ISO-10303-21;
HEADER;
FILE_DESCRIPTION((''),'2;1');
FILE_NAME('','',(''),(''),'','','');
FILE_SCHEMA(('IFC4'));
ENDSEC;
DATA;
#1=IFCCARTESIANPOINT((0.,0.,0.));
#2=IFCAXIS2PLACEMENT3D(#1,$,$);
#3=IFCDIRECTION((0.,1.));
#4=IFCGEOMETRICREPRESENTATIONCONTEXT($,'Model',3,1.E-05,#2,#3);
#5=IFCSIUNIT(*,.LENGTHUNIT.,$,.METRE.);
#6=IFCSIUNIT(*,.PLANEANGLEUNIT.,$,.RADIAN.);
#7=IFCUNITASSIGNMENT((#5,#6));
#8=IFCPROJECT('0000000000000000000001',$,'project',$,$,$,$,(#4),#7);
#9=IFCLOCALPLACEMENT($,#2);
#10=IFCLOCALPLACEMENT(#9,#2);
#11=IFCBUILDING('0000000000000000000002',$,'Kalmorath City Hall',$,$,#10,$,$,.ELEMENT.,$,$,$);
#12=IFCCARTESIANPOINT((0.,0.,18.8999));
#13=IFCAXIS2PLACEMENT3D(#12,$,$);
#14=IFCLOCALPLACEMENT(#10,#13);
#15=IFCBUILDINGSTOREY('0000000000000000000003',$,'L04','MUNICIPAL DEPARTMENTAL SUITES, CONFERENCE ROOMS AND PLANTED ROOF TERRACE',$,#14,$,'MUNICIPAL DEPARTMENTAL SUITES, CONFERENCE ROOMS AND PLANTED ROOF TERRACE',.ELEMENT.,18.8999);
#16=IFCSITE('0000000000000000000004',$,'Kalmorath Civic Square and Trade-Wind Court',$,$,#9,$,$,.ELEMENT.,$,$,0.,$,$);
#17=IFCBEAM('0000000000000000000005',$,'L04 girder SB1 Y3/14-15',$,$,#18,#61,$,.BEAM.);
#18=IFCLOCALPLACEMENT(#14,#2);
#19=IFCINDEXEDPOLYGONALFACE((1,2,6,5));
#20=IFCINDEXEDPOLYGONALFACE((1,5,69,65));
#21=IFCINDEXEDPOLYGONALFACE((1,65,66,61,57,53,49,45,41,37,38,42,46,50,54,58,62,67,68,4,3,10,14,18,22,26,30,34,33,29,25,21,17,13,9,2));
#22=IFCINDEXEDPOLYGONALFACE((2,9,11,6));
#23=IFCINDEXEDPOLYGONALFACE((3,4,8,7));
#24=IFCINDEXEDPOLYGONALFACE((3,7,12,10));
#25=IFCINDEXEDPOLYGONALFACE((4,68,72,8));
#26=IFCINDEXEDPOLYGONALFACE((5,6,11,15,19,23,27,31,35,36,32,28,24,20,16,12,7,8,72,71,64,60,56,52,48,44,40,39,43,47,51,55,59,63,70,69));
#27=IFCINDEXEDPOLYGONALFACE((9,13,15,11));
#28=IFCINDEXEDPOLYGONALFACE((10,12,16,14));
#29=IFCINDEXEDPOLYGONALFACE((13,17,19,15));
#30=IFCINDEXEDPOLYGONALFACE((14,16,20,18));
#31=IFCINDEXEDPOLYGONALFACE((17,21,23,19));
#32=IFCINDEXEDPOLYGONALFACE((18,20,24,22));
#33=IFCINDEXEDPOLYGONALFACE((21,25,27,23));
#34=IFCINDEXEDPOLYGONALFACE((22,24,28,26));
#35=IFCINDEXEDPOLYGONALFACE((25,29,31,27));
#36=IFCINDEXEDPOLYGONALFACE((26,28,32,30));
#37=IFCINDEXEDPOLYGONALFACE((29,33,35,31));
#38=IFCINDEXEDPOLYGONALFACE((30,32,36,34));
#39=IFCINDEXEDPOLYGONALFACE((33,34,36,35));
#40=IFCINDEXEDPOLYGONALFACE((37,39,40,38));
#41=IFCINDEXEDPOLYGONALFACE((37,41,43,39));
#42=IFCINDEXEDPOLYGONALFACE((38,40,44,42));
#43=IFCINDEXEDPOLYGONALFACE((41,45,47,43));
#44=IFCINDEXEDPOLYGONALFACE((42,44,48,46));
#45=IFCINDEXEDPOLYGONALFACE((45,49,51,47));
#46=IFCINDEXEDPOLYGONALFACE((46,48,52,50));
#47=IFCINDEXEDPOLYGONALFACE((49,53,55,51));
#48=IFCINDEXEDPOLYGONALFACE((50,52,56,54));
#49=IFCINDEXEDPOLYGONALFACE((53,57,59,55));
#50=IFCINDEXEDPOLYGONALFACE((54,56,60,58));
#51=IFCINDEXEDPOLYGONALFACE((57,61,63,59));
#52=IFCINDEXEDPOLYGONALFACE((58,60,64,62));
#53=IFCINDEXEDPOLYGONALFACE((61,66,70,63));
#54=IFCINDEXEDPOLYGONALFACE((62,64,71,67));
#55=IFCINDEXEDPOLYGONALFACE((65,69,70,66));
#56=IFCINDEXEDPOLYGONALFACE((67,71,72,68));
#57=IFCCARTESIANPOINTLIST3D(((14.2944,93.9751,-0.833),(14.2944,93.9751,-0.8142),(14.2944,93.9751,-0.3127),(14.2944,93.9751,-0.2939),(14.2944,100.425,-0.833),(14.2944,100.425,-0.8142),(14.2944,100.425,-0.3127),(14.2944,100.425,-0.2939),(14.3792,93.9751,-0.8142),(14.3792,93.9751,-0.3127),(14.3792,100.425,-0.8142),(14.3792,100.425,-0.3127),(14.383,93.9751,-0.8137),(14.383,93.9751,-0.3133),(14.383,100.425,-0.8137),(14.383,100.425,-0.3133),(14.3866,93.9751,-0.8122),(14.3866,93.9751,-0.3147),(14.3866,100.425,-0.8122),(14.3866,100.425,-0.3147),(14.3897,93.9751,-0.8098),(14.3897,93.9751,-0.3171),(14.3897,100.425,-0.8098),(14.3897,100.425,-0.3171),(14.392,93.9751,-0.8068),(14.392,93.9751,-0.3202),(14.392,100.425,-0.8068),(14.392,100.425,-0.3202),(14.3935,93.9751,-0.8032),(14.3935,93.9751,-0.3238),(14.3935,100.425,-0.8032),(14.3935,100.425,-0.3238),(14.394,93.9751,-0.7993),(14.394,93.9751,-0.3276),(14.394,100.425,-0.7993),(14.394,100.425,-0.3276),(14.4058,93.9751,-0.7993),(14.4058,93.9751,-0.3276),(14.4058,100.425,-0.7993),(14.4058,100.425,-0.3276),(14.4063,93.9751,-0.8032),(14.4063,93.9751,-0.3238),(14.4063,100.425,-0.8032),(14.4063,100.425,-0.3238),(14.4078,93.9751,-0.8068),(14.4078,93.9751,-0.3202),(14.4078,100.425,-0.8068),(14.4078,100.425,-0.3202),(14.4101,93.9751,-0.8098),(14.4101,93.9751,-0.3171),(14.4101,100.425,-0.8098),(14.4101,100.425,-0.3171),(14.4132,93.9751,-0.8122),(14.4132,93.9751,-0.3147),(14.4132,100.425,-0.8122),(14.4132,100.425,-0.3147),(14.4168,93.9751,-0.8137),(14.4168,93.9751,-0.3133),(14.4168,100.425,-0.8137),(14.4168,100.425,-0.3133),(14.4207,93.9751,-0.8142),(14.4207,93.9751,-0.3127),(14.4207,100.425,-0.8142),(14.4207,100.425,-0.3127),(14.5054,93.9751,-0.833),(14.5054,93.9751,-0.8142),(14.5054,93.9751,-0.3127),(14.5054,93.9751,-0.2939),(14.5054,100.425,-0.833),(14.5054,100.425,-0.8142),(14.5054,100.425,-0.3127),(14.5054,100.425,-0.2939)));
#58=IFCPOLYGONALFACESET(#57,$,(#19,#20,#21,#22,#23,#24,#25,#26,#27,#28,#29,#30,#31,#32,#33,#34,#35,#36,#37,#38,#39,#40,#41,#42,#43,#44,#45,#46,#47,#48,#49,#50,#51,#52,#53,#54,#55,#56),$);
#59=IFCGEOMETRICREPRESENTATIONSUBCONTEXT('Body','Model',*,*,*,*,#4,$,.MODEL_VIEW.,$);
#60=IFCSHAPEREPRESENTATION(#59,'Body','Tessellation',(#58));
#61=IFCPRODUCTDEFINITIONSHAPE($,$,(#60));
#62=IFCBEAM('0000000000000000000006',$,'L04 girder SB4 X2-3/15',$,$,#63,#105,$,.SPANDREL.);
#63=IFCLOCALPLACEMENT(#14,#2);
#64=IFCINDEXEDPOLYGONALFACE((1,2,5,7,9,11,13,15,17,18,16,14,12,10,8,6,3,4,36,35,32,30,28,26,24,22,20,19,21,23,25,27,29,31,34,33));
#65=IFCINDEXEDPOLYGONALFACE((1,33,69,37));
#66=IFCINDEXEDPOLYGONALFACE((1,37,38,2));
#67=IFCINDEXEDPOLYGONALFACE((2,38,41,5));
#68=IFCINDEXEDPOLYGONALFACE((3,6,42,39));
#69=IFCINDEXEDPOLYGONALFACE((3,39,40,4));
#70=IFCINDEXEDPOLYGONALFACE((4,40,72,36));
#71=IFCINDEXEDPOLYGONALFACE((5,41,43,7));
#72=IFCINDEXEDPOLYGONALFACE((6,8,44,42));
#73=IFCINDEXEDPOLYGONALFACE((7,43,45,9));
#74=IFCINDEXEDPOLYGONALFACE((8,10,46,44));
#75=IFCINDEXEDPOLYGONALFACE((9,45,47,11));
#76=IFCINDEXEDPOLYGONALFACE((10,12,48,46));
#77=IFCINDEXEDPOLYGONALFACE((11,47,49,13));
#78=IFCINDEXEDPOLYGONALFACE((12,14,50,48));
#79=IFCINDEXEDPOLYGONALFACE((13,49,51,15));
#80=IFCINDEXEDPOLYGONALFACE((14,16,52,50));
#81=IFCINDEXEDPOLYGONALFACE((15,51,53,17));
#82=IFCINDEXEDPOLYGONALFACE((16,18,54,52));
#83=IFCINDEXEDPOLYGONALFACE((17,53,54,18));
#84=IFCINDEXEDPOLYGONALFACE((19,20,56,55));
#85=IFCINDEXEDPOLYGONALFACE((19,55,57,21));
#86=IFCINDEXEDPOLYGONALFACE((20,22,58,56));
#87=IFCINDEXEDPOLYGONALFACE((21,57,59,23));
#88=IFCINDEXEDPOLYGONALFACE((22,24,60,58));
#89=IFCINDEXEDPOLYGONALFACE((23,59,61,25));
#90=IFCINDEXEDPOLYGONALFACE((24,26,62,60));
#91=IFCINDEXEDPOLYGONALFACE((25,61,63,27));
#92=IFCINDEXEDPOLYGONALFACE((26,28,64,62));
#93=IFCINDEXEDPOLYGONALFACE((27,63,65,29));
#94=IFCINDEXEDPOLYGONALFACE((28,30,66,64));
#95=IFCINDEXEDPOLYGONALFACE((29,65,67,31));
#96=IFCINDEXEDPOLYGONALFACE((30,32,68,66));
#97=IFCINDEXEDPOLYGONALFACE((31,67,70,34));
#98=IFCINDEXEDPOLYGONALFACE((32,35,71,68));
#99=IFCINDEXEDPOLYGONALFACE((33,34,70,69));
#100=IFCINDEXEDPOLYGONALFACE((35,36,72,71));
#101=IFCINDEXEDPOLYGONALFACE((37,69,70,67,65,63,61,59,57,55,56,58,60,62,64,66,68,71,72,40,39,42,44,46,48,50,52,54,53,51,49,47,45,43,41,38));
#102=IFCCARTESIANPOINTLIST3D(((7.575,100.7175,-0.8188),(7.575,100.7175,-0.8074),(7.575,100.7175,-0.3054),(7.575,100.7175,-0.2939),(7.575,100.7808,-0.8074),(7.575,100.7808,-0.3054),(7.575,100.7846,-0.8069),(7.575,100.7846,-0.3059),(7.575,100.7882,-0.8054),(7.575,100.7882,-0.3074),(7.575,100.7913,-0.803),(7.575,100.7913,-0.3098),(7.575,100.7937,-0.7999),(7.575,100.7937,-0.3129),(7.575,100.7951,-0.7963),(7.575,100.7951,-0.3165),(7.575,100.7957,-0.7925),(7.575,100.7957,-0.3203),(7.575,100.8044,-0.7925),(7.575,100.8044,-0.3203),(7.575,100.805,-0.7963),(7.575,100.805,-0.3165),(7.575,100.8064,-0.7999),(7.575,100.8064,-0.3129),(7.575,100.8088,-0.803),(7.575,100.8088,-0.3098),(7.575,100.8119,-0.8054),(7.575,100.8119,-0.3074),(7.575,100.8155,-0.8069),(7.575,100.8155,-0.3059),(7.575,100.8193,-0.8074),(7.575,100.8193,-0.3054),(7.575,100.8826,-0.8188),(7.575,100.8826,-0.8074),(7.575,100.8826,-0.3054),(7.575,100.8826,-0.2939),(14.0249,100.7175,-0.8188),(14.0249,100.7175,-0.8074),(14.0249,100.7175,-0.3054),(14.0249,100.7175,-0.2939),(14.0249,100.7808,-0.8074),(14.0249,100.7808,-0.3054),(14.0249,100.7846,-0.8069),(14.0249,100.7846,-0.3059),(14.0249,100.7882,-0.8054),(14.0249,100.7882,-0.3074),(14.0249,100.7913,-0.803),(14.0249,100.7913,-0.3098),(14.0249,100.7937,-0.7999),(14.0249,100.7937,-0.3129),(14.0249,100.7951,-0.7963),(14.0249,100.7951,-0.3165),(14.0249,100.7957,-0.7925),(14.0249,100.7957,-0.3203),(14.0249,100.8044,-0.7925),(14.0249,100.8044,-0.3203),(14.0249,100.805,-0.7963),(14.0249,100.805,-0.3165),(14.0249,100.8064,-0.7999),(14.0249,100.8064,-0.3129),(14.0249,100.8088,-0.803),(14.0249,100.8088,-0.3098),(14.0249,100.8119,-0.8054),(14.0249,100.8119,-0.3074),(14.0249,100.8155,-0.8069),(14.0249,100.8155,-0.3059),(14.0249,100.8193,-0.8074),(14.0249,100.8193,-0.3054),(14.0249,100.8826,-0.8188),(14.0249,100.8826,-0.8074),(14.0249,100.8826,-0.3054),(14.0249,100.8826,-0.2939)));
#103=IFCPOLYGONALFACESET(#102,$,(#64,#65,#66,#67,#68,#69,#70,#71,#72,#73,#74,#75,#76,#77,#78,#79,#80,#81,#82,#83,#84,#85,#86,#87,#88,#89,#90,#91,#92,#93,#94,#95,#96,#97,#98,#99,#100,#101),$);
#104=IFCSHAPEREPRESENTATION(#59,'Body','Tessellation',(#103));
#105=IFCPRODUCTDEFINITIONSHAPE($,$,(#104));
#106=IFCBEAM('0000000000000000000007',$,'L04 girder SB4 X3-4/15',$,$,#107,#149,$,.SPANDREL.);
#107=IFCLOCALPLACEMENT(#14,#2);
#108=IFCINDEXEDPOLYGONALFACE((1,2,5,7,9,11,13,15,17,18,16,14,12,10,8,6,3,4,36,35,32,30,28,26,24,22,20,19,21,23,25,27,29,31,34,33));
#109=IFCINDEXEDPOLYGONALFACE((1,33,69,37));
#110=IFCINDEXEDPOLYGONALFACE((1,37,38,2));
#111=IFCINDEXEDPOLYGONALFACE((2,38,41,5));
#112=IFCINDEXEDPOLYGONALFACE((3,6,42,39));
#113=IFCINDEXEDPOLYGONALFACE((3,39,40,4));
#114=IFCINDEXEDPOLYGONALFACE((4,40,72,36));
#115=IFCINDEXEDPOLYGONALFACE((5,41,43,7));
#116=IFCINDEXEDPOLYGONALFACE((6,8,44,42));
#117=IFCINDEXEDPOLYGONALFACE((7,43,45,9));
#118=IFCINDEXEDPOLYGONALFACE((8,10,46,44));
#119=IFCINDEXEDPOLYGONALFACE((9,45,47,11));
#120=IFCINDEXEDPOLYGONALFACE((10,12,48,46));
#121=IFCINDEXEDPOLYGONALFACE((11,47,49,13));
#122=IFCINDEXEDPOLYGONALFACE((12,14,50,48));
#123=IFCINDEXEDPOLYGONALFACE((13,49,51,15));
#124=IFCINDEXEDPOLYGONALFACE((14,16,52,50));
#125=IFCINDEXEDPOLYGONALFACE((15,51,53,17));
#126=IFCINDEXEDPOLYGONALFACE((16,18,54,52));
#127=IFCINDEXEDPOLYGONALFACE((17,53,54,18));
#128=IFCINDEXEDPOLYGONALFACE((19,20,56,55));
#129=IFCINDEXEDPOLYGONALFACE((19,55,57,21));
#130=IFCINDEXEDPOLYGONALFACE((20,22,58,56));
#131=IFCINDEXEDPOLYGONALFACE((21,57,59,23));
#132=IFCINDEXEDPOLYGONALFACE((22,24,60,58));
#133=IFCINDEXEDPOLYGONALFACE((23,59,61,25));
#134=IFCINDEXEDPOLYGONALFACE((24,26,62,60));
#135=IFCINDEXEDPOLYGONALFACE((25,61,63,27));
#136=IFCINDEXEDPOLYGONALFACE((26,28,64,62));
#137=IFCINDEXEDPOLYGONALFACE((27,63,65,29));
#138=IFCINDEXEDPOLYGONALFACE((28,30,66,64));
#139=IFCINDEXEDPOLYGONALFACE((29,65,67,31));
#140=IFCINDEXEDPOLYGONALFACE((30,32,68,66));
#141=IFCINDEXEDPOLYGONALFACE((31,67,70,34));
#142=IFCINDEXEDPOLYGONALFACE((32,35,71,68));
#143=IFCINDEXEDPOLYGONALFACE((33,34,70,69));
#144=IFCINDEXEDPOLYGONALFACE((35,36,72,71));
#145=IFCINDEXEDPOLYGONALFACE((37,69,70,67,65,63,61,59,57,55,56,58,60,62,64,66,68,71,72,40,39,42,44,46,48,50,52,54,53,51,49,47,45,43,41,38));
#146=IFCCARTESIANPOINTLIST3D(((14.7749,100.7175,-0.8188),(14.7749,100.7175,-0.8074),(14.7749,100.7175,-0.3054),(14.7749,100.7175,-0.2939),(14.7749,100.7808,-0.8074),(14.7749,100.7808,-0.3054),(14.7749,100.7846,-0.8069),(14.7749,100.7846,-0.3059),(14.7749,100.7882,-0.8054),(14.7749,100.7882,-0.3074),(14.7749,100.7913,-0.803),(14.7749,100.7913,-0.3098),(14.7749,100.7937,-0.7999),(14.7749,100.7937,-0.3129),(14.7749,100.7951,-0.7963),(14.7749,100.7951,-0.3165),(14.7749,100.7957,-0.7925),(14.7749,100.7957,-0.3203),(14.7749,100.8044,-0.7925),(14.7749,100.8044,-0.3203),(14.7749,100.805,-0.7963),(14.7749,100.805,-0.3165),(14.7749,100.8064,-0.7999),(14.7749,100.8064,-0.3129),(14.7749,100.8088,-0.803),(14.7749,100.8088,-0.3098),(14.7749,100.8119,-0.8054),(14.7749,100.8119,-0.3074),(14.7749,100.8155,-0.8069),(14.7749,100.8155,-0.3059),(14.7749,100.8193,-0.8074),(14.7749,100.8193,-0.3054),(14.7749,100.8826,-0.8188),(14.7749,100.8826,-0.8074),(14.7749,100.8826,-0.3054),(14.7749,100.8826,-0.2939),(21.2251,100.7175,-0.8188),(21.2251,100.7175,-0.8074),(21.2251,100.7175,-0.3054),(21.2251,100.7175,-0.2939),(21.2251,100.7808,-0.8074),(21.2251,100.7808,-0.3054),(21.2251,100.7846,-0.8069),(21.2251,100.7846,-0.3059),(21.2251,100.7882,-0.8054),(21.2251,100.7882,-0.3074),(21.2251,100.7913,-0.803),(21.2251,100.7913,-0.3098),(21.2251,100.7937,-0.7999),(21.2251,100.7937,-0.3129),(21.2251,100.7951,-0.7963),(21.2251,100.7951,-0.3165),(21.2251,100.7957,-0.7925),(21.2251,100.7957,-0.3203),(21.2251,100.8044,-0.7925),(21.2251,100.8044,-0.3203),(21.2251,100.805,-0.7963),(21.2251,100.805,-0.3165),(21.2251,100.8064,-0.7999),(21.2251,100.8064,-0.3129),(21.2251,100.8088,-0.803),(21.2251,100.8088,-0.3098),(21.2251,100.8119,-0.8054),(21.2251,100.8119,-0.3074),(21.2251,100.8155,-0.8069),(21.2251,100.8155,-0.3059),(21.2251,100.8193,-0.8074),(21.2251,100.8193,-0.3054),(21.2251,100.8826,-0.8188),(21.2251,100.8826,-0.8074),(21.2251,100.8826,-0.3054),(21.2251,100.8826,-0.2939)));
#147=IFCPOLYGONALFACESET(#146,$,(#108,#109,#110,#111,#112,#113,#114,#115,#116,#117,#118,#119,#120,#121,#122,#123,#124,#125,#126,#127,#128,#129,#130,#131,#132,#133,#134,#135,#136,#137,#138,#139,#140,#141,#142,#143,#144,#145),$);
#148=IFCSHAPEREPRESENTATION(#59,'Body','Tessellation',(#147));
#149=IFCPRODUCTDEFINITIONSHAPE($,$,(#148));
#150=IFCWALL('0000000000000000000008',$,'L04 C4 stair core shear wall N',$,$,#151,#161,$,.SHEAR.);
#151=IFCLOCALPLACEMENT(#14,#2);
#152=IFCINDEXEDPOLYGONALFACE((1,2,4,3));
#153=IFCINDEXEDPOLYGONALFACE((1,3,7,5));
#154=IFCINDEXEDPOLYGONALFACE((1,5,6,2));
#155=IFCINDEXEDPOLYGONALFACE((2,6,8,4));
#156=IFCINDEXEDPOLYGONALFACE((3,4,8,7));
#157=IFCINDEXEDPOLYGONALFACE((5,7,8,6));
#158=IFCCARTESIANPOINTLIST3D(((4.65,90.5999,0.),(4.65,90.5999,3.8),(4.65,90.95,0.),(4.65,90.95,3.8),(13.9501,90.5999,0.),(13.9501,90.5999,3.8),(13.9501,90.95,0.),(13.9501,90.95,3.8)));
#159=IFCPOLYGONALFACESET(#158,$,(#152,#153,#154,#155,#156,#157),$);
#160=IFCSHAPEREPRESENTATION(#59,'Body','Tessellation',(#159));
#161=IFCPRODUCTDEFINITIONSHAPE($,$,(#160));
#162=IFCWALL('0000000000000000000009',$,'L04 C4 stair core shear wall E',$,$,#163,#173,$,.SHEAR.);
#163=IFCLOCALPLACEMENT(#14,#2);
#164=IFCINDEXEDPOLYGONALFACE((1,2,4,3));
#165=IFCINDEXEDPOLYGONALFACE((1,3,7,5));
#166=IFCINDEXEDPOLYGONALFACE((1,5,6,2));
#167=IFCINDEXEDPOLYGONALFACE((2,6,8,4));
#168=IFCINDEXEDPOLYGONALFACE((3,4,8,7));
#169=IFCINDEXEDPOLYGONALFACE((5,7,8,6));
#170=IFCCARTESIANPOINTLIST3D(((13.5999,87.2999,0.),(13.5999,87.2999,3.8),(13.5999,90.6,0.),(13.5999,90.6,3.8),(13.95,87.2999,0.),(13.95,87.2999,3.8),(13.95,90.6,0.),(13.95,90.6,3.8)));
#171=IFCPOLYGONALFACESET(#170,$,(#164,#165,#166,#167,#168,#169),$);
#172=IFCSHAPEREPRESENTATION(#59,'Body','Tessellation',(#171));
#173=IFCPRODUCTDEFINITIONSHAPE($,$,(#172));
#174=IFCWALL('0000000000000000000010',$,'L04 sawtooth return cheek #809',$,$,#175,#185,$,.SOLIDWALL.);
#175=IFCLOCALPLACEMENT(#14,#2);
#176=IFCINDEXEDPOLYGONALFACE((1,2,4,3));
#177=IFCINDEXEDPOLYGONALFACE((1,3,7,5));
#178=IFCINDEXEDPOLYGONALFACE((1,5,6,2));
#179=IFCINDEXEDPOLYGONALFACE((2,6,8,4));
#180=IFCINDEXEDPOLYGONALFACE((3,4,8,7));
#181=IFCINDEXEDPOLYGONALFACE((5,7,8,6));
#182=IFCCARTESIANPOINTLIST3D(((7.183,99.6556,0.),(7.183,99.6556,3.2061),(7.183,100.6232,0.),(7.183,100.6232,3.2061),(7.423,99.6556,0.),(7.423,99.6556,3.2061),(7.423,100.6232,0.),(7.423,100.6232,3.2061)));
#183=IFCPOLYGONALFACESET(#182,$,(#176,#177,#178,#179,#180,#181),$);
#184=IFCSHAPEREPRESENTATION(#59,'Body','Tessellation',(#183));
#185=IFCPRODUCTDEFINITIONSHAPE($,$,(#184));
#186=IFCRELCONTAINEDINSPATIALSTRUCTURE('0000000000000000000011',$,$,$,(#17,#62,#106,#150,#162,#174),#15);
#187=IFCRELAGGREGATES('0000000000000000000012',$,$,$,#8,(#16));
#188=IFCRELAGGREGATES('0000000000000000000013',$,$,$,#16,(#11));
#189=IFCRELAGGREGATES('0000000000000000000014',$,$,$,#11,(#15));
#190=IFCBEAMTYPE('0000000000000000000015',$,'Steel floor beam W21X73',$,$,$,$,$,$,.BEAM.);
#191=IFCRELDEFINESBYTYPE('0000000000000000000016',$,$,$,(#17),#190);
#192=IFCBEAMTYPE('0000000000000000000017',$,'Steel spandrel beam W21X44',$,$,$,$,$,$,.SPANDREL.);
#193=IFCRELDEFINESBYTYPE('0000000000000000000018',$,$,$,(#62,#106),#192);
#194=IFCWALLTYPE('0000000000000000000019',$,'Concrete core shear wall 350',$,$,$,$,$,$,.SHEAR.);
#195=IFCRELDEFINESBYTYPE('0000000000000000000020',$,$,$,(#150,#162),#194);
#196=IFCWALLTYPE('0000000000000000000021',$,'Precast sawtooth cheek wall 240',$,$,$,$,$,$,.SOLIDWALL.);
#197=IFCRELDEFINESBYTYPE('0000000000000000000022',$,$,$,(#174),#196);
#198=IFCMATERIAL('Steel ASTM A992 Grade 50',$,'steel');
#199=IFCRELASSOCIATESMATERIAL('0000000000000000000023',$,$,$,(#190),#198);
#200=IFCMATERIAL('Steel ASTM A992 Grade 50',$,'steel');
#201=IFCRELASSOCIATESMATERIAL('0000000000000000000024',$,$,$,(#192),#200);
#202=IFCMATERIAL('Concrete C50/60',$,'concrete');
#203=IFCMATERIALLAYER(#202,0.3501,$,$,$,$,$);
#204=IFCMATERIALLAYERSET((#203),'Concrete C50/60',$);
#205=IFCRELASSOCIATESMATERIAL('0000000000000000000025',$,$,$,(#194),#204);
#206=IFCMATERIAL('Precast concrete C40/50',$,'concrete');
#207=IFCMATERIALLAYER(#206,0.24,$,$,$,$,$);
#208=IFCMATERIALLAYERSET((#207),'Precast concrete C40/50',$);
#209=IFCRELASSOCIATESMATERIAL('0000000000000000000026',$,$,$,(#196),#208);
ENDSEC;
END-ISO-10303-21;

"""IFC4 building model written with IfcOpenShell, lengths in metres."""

from ifc_helpers import new_model, si_unit, direction, frame, frame_2d, origin, origin_2d, place, context, subcontext, project, spatial, rectangle, i_section, extrude, material, layer, layer_set, material_profile, profile_set, type_object, element, save


model = new_model("IFC4")

# Units and contexts
model_context = context("Model", 3, precision=1e-05, world=origin(), true_north=direction((0.0, 1.0)))
body_context = subcontext(model_context, "Body", "Model", "MODEL_VIEW")
ifc_project = project(units=[si_unit("LENGTHUNIT", "METRE"), si_unit("PLANEANGLEUNIT", "RADIAN")], contexts=[model_context])

# Site, building, storey
site_placement = place(None, origin())
site = spatial("IfcSite", under=ifc_project, at=site_placement, Name="Kalmorath Civic Square and Trade-Wind Court", CompositionType="ELEMENT", RefElevation=0.0)
building_placement = place(site_placement, origin())
building = spatial("IfcBuilding", under=site, at=building_placement, Name="Kalmorath City Hall", CompositionType="ELEMENT")
storey_placement = place(building_placement, frame((0.0, 0.0, 18.8999)))
storey = spatial("IfcBuildingStorey", under=building, at=storey_placement, Name="L04", Description="MUNICIPAL DEPARTMENTAL SUITES, CONFERENCE ROOMS AND PLANTED ROOF TERRACE", LongName="MUNICIPAL DEPARTMENTAL SUITES, CONFERENCE ROOMS AND PLANTED ROOF TERRACE", CompositionType="ELEMENT", Elevation=18.8999)

# Beams
ifc_material_1 = material(Name="Steel ASTM A992 Grade 50", Category="steel")
ifc_material_profile_1 = material_profile(ifc_material_1, i_section(OverallWidth=0.2109, OverallDepth=0.5391, WebThickness=0.0117, FlangeThickness=0.0188, FilletRadius=0.0149, at=origin_2d()), Name="W21X73")
ifc_profile_set_1 = profile_set([ifc_material_profile_1], Name="Steel ASTM A992 Grade 50")
beam_type_1 = type_object("IfcBeamType", Name="Steel floor beam W21X73", PredefinedType="BEAM", material=ifc_profile_set_1)
for number, where, z_axis, x_axis, name in (
    (1, (14.3999, 93.9751, -0.5635), (0.0, 1.0, 0.0), (-1.0, 0.0, 0.0), "L04 girder SB1 Y3/14-15"),
):
    element("IfcBeam", number, at=place(storey_placement, frame(where, z_axis=z_axis, x_axis=x_axis)), inside=storey, type_object=beam_type_1, Name=name, PredefinedType="BEAM", context=body_context, shape_type="SweptSolid", body=[
        extrude(i_section(OverallWidth=0.2109, OverallDepth=0.5391, WebThickness=0.0117, FlangeThickness=0.0188, FilletRadius=0.0149, at=origin_2d()), origin(), (0.0, 0.0, 1.0), 6.45),
    ])
ifc_material_2 = material(Name="Steel ASTM A992 Grade 50", Category="steel")
ifc_material_profile_2 = material_profile(ifc_material_2, i_section(OverallWidth=0.165, OverallDepth=0.5249, WebThickness=0.0088, FlangeThickness=0.0115, FilletRadius=0.0149, at=origin_2d()), Name="W21X44")
ifc_profile_set_2 = profile_set([ifc_material_profile_2], Name="Steel ASTM A992 Grade 50")
beam_type_2 = type_object("IfcBeamType", Name="Steel spandrel beam W21X44", PredefinedType="SPANDREL", material=ifc_profile_set_2)
beam_1_placement = place(storey_placement, frame((7.575, 100.8, -0.5564), z_axis=(1.0, 0.0, 0.0), x_axis=(0.0, 1.0, 0.0)))
element("IfcBeam", 2, at=beam_1_placement, inside=storey, type_object=beam_type_2, Name="L04 girder SB4 X2-3/15", PredefinedType="SPANDREL", context=body_context, shape_type="SweptSolid", body=[
    extrude(i_section(OverallWidth=0.165, OverallDepth=0.5249, WebThickness=0.0088, FlangeThickness=0.0115, FilletRadius=0.0149, at=origin_2d()), origin(), (0.0, 0.0, 1.0), 6.45),
])
beam_2_placement = place(storey_placement, frame((14.7749, 100.8, -0.5564), z_axis=(1.0, 0.0, 0.0), x_axis=(0.0, 1.0, 0.0)))
element("IfcBeam", 3, at=beam_2_placement, inside=storey, type_object=beam_type_2, Name="L04 girder SB4 X3-4/15", PredefinedType="SPANDREL", context=body_context, shape_type="SweptSolid", body=[
    extrude(i_section(OverallWidth=0.165, OverallDepth=0.5249, WebThickness=0.0088, FlangeThickness=0.0115, FilletRadius=0.0149, at=origin_2d()), origin(), (0.0, 0.0, 1.0), 6.4502),
])

# Walls
ifc_material_3 = material(Name="Concrete C50/60", Category="concrete")
ifc_layer_1 = layer(ifc_material_3, 0.3501)
ifc_layer_set_1 = layer_set([ifc_layer_1], Name="Concrete C50/60")
wall_type_1 = type_object("IfcWallType", Name="Concrete core shear wall 350", PredefinedType="SHEAR", material=ifc_layer_set_1)
wall_1_placement = place(storey_placement, frame((13.95, 90.7749, 0.0), z_axis=(0.0, 0.0, 1.0), x_axis=(-1.0, 0.0, 0.0)))
element("IfcWall", 4, at=wall_1_placement, inside=storey, type_object=wall_type_1, Name="L04 C4 stair core shear wall N", PredefinedType="SHEAR", context=body_context, shape_type="SweptSolid", body=[
    extrude(rectangle(XDim=9.3, YDim=0.3501, at=frame_2d((4.6499, 0.0))), origin(), (0.0, 0.0, 1.0), 3.8),
])
wall_2_placement = place(storey_placement, frame((13.7749, 87.3, 0.0), z_axis=(0.0, 0.0, 1.0), x_axis=(0.0, 1.0, 0.0)))
element("IfcWall", 5, at=wall_2_placement, inside=storey, type_object=wall_type_1, Name="L04 C4 stair core shear wall E", PredefinedType="SHEAR", context=body_context, shape_type="SweptSolid", body=[
    extrude(rectangle(XDim=3.3, YDim=0.3501, at=frame_2d((1.6499, 0.0))), origin(), (0.0, 0.0, 1.0), 3.8),
])
ifc_material_4 = material(Name="Precast concrete C40/50", Category="concrete")
ifc_layer_2 = layer(ifc_material_4, 0.24)
ifc_layer_set_2 = layer_set([ifc_layer_2], Name="Precast concrete C40/50")
wall_type_2 = type_object("IfcWallType", Name="Precast sawtooth cheek wall 240", PredefinedType="SOLIDWALL", material=ifc_layer_set_2)
wall_3_placement = place(storey_placement, frame((7.303, 99.6555, 0.0), z_axis=(0.0, 0.0, 1.0), x_axis=(0.0, 1.0, 0.0)))
element("IfcWall", 6, at=wall_3_placement, inside=storey, type_object=wall_type_2, Name="L04 sawtooth return cheek #809", PredefinedType="SOLIDWALL", context=body_context, shape_type="SweptSolid", body=[
    extrude(rectangle(XDim=0.9675, YDim=0.24, at=frame_2d((0.4839, 0.0))), origin(), (0.0, 0.0, 1.0), 3.2061),
])

save(model, "model.ifc")
